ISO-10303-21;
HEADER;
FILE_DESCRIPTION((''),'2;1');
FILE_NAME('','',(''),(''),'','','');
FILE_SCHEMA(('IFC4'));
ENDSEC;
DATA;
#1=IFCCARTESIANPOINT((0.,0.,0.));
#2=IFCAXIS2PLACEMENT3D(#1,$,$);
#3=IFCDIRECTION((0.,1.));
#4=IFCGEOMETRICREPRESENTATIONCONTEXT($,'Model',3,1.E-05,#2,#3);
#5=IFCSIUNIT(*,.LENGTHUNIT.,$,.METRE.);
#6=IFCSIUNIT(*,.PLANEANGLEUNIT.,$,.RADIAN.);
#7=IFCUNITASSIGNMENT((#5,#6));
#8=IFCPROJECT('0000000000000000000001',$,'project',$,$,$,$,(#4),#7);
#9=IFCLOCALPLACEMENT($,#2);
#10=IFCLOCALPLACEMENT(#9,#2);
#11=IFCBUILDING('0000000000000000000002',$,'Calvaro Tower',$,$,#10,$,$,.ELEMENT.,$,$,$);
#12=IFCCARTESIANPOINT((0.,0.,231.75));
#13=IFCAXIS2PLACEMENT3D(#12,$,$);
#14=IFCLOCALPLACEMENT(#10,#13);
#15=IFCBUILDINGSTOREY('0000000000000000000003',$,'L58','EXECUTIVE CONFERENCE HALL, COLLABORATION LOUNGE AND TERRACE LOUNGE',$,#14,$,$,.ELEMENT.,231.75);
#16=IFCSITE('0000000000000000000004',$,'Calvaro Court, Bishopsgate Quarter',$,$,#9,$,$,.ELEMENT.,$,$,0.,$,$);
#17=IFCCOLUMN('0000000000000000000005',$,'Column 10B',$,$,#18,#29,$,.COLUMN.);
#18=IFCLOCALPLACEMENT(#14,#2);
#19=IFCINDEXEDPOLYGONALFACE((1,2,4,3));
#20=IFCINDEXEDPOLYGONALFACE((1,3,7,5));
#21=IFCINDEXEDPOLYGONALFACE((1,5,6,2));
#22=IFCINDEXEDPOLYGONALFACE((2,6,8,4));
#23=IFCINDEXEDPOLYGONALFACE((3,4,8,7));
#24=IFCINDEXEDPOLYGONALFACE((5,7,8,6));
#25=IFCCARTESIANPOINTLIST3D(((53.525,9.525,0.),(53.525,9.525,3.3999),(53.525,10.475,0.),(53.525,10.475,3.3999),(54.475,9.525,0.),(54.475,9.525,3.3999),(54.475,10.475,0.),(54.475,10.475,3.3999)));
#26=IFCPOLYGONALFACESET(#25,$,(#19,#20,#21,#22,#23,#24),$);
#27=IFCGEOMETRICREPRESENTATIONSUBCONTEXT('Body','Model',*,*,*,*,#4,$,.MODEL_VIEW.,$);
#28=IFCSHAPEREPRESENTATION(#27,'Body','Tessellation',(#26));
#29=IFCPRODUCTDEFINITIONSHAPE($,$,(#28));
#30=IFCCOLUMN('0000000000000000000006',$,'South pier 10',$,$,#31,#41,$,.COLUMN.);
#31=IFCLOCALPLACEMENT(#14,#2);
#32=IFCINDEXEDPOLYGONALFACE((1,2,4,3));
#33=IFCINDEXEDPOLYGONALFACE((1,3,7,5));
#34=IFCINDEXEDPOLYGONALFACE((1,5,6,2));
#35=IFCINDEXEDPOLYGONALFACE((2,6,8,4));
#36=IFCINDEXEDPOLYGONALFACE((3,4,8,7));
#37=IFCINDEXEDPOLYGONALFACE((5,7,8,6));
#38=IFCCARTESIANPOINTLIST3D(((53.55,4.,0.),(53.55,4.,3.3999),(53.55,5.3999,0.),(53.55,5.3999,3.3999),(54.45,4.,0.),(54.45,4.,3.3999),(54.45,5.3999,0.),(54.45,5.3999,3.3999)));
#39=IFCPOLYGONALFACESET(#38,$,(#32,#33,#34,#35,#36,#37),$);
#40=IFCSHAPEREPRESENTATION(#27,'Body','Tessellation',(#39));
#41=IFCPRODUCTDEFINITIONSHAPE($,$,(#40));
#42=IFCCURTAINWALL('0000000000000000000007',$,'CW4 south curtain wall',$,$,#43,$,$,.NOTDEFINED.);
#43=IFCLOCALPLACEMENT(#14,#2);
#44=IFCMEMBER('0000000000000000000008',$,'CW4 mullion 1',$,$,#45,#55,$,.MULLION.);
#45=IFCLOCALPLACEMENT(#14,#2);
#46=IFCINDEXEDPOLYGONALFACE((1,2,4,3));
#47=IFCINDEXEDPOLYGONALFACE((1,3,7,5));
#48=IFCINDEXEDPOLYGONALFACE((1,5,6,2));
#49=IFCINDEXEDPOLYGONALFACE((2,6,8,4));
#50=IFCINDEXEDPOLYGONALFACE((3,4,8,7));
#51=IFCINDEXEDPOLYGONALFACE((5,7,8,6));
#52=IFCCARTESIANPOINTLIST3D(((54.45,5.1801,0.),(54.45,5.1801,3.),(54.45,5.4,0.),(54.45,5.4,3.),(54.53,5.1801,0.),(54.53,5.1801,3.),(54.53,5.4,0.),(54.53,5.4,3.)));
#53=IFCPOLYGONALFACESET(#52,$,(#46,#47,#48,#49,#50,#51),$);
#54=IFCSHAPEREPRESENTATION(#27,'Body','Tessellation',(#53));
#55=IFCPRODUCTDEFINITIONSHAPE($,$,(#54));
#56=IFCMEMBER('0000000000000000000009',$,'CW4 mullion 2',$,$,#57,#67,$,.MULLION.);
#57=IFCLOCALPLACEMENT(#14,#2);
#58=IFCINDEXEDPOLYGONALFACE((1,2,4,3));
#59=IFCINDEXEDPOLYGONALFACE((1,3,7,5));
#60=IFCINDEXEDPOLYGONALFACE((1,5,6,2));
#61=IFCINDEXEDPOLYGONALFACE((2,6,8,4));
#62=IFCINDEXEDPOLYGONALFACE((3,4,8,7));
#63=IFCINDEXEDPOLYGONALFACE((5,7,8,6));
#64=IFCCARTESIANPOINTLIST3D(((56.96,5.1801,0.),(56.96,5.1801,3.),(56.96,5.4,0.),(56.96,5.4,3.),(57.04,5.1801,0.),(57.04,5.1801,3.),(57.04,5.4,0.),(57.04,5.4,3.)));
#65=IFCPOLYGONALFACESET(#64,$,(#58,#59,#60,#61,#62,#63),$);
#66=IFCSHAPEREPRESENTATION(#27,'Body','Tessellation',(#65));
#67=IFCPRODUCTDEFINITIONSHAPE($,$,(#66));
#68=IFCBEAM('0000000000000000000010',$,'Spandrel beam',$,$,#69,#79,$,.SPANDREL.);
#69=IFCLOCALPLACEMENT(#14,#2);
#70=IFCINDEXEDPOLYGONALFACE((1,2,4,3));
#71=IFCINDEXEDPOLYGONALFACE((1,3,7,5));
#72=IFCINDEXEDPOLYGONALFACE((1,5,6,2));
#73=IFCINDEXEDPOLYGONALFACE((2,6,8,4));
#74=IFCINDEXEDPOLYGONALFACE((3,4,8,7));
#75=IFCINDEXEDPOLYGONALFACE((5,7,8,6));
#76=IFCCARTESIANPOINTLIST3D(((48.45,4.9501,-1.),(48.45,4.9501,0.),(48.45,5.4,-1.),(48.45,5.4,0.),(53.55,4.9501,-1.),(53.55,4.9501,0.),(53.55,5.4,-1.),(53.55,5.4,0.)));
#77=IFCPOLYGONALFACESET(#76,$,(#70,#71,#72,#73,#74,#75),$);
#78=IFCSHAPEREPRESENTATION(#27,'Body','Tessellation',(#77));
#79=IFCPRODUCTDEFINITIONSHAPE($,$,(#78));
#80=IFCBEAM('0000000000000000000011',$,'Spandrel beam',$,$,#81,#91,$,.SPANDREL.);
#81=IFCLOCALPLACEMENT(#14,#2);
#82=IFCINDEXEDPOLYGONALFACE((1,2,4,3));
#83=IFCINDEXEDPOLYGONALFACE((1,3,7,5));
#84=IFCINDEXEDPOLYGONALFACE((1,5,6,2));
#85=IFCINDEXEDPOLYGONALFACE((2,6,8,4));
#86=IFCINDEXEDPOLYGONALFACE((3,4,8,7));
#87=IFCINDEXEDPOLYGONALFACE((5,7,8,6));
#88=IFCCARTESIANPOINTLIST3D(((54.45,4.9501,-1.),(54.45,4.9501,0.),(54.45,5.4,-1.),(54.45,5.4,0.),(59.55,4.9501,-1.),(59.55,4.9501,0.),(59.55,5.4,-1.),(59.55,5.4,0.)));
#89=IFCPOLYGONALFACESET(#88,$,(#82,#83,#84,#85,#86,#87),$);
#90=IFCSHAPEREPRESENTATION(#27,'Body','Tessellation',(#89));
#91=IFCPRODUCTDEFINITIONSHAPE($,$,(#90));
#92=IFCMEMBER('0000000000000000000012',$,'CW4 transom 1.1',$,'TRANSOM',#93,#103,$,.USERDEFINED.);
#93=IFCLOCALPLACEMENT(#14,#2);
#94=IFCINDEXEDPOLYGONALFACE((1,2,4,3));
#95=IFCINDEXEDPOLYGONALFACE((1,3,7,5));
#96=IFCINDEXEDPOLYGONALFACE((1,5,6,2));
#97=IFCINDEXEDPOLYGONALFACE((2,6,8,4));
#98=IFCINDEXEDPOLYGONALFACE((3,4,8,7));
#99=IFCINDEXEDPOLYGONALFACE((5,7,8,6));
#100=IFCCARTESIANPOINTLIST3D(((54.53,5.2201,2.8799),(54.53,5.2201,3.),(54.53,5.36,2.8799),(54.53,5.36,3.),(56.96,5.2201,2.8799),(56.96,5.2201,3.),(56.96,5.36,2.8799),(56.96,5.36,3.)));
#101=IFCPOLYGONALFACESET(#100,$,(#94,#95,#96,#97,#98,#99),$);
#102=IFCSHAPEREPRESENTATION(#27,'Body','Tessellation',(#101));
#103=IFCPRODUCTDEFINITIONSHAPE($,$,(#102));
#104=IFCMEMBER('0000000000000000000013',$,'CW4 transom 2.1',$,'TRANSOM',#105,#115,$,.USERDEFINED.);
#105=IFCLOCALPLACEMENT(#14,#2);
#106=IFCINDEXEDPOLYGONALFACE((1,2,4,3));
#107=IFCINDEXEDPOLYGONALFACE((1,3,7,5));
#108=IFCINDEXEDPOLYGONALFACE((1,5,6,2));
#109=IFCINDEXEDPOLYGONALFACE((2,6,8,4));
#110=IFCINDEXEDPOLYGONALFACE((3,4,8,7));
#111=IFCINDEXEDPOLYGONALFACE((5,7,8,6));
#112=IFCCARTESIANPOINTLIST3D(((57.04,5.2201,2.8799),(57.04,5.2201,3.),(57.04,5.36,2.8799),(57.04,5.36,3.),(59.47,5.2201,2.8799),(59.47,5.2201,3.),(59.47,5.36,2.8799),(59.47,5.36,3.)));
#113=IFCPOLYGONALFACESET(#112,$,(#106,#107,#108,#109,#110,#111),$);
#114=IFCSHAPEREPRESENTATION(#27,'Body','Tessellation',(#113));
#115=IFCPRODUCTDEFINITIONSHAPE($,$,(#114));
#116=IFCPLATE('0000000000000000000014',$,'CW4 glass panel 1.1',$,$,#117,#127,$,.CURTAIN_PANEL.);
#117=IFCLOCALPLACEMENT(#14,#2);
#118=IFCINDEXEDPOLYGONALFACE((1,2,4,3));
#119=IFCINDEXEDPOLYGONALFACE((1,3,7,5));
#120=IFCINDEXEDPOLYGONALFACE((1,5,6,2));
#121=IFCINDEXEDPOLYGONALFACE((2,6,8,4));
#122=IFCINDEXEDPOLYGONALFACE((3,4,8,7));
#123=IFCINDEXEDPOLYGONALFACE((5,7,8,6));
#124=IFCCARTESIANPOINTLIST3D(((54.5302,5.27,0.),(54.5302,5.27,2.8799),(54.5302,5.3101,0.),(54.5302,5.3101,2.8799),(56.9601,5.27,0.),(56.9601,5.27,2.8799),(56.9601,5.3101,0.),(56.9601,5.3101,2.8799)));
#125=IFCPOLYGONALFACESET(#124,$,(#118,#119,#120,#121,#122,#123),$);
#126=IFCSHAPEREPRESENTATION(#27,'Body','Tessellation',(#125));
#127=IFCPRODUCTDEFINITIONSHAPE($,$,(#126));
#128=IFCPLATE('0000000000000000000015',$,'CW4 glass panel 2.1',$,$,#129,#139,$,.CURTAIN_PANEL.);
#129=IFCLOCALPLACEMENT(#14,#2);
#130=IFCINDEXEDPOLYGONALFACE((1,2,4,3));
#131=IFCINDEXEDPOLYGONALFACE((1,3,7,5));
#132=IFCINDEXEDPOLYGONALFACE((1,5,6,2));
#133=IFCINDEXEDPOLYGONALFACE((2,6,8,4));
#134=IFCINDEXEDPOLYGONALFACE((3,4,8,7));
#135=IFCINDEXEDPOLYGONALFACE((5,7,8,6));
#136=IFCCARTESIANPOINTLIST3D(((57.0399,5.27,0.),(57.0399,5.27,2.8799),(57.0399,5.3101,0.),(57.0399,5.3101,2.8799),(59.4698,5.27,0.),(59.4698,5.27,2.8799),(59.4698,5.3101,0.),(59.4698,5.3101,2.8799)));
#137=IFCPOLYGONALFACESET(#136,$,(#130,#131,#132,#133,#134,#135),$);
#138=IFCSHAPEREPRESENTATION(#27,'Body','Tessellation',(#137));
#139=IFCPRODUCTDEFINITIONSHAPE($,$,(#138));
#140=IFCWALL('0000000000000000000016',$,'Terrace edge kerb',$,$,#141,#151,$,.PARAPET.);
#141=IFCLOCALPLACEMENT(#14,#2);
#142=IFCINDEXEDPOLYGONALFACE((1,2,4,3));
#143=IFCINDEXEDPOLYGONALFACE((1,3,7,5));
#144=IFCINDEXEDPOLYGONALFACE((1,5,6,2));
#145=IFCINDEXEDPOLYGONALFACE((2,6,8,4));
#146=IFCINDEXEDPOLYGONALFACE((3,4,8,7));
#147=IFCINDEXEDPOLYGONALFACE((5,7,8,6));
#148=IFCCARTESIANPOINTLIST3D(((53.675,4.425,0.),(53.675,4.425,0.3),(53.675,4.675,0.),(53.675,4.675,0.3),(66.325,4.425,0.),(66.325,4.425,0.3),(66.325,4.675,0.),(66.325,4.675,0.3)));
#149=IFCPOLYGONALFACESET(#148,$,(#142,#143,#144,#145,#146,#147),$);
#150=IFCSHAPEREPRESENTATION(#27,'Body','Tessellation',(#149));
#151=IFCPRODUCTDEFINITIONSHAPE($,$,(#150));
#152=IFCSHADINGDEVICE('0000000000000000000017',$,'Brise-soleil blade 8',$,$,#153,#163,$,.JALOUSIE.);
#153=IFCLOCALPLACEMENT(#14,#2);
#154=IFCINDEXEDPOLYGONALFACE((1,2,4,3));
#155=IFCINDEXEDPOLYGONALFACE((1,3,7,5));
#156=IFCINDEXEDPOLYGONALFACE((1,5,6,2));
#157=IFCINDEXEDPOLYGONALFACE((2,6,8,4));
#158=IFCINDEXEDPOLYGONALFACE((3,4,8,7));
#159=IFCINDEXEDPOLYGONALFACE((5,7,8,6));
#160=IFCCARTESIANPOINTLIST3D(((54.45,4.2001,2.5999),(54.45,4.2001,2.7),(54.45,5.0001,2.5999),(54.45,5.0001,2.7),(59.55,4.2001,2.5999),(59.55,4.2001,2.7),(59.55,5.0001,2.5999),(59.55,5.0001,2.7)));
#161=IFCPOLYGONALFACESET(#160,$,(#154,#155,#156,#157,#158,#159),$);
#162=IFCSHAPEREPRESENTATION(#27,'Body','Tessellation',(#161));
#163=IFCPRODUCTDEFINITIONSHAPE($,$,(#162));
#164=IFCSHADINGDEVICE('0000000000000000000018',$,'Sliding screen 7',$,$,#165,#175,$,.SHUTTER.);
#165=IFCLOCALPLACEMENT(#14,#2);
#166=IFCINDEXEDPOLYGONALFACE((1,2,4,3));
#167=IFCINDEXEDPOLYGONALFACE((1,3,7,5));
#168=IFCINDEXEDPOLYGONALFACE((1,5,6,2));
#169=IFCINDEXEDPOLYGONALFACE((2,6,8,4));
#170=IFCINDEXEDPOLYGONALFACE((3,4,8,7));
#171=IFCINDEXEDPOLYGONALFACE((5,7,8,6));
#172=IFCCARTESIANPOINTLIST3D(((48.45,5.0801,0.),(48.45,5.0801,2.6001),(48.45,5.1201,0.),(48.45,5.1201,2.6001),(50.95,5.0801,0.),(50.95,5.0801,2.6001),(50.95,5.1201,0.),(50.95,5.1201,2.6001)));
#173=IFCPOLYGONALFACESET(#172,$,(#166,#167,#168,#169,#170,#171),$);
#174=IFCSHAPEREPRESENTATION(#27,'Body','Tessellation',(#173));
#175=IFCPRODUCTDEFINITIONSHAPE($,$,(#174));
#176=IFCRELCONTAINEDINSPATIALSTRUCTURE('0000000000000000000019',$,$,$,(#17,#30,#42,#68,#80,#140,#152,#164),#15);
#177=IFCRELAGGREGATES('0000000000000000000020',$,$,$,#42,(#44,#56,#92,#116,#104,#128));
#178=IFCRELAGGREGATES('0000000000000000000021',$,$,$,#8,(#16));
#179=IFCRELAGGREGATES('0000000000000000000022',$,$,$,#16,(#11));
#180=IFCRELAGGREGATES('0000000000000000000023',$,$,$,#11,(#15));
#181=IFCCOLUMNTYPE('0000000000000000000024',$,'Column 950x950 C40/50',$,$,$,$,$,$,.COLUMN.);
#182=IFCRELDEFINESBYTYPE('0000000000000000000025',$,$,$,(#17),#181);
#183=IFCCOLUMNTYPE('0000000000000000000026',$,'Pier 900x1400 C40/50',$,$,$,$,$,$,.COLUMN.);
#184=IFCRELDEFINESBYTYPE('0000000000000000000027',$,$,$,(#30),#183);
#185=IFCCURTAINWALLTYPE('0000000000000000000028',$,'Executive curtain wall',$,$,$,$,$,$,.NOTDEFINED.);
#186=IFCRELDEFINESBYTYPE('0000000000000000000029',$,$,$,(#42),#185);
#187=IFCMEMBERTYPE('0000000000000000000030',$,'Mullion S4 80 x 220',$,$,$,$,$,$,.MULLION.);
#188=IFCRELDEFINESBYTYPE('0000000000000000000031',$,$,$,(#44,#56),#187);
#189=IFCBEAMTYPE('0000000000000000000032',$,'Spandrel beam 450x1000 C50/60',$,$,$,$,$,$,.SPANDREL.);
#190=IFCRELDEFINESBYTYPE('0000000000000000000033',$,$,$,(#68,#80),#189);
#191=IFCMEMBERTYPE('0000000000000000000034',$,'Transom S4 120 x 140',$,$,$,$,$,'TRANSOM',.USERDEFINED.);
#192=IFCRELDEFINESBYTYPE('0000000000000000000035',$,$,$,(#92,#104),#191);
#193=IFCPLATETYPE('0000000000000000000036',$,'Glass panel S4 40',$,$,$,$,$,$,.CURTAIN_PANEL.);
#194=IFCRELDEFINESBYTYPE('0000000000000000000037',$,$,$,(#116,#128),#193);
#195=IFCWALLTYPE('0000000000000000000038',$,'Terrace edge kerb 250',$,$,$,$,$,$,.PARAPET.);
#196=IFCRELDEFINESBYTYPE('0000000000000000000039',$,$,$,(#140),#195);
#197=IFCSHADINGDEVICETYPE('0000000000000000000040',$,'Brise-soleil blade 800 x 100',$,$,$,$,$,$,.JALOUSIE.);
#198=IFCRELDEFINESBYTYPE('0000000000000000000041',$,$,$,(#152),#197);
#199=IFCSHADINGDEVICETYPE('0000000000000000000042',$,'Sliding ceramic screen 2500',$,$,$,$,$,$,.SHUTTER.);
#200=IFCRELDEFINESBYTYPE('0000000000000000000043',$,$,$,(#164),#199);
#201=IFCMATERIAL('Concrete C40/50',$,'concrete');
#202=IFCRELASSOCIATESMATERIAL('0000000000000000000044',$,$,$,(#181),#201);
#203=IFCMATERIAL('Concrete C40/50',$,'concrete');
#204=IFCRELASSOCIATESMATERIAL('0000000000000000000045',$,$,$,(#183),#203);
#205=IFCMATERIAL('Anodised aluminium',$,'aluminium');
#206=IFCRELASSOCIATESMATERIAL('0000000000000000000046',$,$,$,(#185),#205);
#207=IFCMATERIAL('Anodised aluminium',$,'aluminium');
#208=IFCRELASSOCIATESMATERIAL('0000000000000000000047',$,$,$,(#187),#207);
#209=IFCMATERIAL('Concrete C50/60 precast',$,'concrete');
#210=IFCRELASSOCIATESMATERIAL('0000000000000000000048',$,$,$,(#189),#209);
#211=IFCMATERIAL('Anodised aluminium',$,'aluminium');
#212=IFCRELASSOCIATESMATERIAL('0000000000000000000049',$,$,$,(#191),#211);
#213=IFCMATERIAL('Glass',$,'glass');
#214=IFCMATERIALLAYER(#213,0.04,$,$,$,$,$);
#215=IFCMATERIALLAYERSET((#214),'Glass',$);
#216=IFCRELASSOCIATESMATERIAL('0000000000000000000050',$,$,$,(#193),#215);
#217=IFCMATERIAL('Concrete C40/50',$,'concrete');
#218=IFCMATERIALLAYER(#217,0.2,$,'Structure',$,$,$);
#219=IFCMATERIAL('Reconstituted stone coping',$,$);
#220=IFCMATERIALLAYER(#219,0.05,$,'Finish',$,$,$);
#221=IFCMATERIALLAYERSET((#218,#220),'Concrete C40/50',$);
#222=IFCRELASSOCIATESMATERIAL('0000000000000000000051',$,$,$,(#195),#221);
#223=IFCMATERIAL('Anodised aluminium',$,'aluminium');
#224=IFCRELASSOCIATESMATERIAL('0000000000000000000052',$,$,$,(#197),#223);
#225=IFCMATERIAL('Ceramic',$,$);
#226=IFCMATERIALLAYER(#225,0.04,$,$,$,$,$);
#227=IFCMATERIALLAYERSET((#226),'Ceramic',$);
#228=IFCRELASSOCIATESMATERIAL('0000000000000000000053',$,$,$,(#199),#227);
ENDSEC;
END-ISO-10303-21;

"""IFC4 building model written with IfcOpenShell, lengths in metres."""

from ifc_helpers import new_model, si_unit, direction, frame, frame_2d, origin, origin_2d, place, context, subcontext, project, spatial, rectangle, extrude, material, layer, layer_set, material_profile, profile_set, type_object, element, aggregate, save


model = new_model("IFC4")

# Units and contexts
model_context = context("Model", 3, precision=1e-05, world=origin(), true_north=direction((0.0, 1.0)))
body_context = subcontext(model_context, "Body", "Model", "MODEL_VIEW")
ifc_project = project(units=[si_unit("LENGTHUNIT", "METRE"), si_unit("PLANEANGLEUNIT", "RADIAN")], contexts=[model_context])

# Site, building, storey
site_placement = place(None, origin())
site = spatial("IfcSite", under=ifc_project, at=site_placement, Name="Calvaro Court, Bishopsgate Quarter", CompositionType="ELEMENT", RefElevation=0.0)
building_placement = place(site_placement, origin())
building = spatial("IfcBuilding", under=site, at=building_placement, Name="Calvaro Tower", CompositionType="ELEMENT")
storey_placement = place(building_placement, frame((0.0, 0.0, 231.75)))
storey = spatial("IfcBuildingStorey", under=building, at=storey_placement, Name="L58", Description="EXECUTIVE CONFERENCE HALL, COLLABORATION LOUNGE AND TERRACE LOUNGE", CompositionType="ELEMENT", Elevation=231.75)

# Columns
ifc_material_1 = material(Name="Concrete C40/50", Category="concrete")
ifc_material_profile_1 = material_profile(ifc_material_1, rectangle(XDim=0.95, YDim=0.95, at=origin_2d()), Name="RC 950x950")
ifc_profile_set_1 = profile_set([ifc_material_profile_1], Name="Concrete C40/50")
column_type_1 = type_object("IfcColumnType", Name="Column 950x950 C40/50", PredefinedType="COLUMN", material=ifc_profile_set_1)
column_1_placement = place(storey_placement, frame((54.0, 10.0, 0.0), z_axis=(0.0, 0.0, 1.0), x_axis=(1.0, 0.0, 0.0)))
element("IfcColumn", 1, at=column_1_placement, inside=storey, type_object=column_type_1, Name="Column 10B", PredefinedType="COLUMN", context=body_context, shape_type="SweptSolid", body=[
    extrude(rectangle(XDim=0.95, YDim=0.95, at=origin_2d()), origin(), (0.0, 0.0, 1.0), 3.3999),
])
ifc_material_2 = material(Name="Concrete C40/50", Category="concrete")
ifc_material_profile_2 = material_profile(ifc_material_2, rectangle(XDim=0.8999, YDim=1.3999, at=origin_2d()), Name="RC 900x1400")
ifc_profile_set_2 = profile_set([ifc_material_profile_2], Name="Concrete C40/50")
column_type_2 = type_object("IfcColumnType", Name="Pier 900x1400 C40/50", PredefinedType="COLUMN", material=ifc_profile_set_2)
column_2_placement = place(storey_placement, frame((54.0, 4.7, 0.0), z_axis=(0.0, 0.0, 1.0), x_axis=(1.0, 0.0, 0.0)))
element("IfcColumn", 2, at=column_2_placement, inside=storey, type_object=column_type_2, Name="South pier 10", PredefinedType="COLUMN", context=body_context, shape_type="SweptSolid", body=[
    extrude(rectangle(XDim=0.8999, YDim=1.3999, at=origin_2d()), origin(), (0.0, 0.0, 1.0), 3.3999),
])

# Curtain wall, members
ifc_material_3 = material(Name="Anodised aluminium", Category="aluminium")
curtain_wall_type = type_object("IfcCurtainWallType", Name="Executive curtain wall", PredefinedType="NOTDEFINED", material=ifc_material_3)
curtain_wall_placement = place(storey_placement, origin())
curtain_wall = element("IfcCurtainWall", 3, at=curtain_wall_placement, inside=storey, type_object=curtain_wall_type, Name="CW4 south curtain wall", PredefinedType="NOTDEFINED")
ifc_material_4 = material(Name="Anodised aluminium", Category="aluminium")
ifc_material_profile_3 = material_profile(ifc_material_4, rectangle(XDim=0.22, YDim=0.0801, at=origin_2d()), Name="Mullion S4 80 x 220")
ifc_profile_set_3 = profile_set([ifc_material_profile_3], Name="Anodised aluminium")
member_type_1 = type_object("IfcMemberType", Name="Mullion S4 80 x 220", PredefinedType="MULLION", material=ifc_profile_set_3)
member_1_placement = place(storey_placement, frame((54.49, 5.29, 0.0), z_axis=(0.0, 0.0, 1.0), x_axis=(0.0, 1.0, 0.0)))
member_1 = element("IfcMember", 4, at=member_1_placement, type_object=member_type_1, Name="CW4 mullion 1", PredefinedType="MULLION", context=body_context, shape_type="SweptSolid", body=[
    extrude(rectangle(XDim=0.22, YDim=0.0801, at=origin_2d()), origin(), (0.0, 0.0, 1.0), 3.0),
])
member_2_placement = place(storey_placement, frame((57.0, 5.29, 0.0), z_axis=(0.0, 0.0, 1.0), x_axis=(0.0, 1.0, 0.0)))
member_2 = element("IfcMember", 5, at=member_2_placement, type_object=member_type_1, Name="CW4 mullion 2", PredefinedType="MULLION", context=body_context, shape_type="SweptSolid", body=[
    extrude(rectangle(XDim=0.22, YDim=0.0801, at=origin_2d()), origin(), (0.0, 0.0, 1.0), 3.0),
])

# Beams
ifc_material_5 = material(Name="Concrete C50/60 precast", Category="concrete")
ifc_material_profile_4 = material_profile(ifc_material_5, rectangle(XDim=0.45, YDim=1.0, at=origin_2d()), Name="RC 450x1000")
ifc_profile_set_4 = profile_set([ifc_material_profile_4], Name="Concrete C50/60 precast")
beam_type = type_object("IfcBeamType", Name="Spandrel beam 450x1000 C50/60", PredefinedType="SPANDREL", material=ifc_profile_set_4)
for number, where, z_axis, x_axis, name in (
    (6, (48.45, 5.175, -0.5), (1.0, 0.0, 0.0), (0.0, 1.0, 0.0), "Spandrel beam"),
    (7, (54.45, 5.175, -0.5), (1.0, 0.0, 0.0), (0.0, 1.0, 0.0), "Spandrel beam"),
):
    element("IfcBeam", number, at=place(storey_placement, frame(where, z_axis=z_axis, x_axis=x_axis)), inside=storey, type_object=beam_type, Name=name, PredefinedType="SPANDREL", context=body_context, shape_type="SweptSolid", body=[
        extrude(rectangle(XDim=0.45, YDim=1.0, at=origin_2d()), origin(), (0.0, 0.0, 1.0), 5.1001),
    ])

# Members
ifc_material_6 = material(Name="Anodised aluminium", Category="aluminium")
ifc_material_profile_5 = material_profile(ifc_material_6, rectangle(XDim=0.1399, YDim=0.1201, at=origin_2d()), Name="Transom S4 120 x 140")
ifc_profile_set_5 = profile_set([ifc_material_profile_5], Name="Anodised aluminium")
member_type_2 = type_object("IfcMemberType", Name="Transom S4 120 x 140", ElementType="TRANSOM", PredefinedType="USERDEFINED", material=ifc_profile_set_5)
member_3_placement = place(storey_placement, frame((54.53, 5.29, 2.9399), z_axis=(1.0, 0.0, 0.0), x_axis=(0.0, 1.0, 0.0)))
member_3 = element("IfcMember", 8, at=member_3_placement, type_object=member_type_2, Name="CW4 transom 1.1", ObjectType="TRANSOM", PredefinedType="USERDEFINED", context=body_context, shape_type="SweptSolid", body=[
    extrude(rectangle(XDim=0.1399, YDim=0.1201, at=origin_2d()), origin(), (0.0, 0.0, 1.0), 2.4299),
])
member_4_placement = place(storey_placement, frame((57.04, 5.29, 2.9399), z_axis=(1.0, 0.0, 0.0), x_axis=(0.0, 1.0, 0.0)))
member_4 = element("IfcMember", 9, at=member_4_placement, type_object=member_type_2, Name="CW4 transom 2.1", ObjectType="TRANSOM", PredefinedType="USERDEFINED", context=body_context, shape_type="SweptSolid", body=[
    extrude(rectangle(XDim=0.1399, YDim=0.1201, at=origin_2d()), origin(), (0.0, 0.0, 1.0), 2.4299),
])

# Plates
ifc_material_7 = material(Name="Glass", Category="glass")
ifc_layer_1 = layer(ifc_material_7, 0.04)
ifc_layer_set_1 = layer_set([ifc_layer_1], Name="Glass")
plate_type = type_object("IfcPlateType", Name="Glass panel S4 40", PredefinedType="CURTAIN_PANEL", material=ifc_layer_set_1)
plate_1_placement = place(storey_placement, frame((55.7451, 5.29, 0.0), z_axis=(0.0, 0.0, 1.0), x_axis=(1.0, 0.0, 0.0)))
plate_1 = element("IfcPlate", 10, at=plate_1_placement, type_object=plate_type, Name="CW4 glass panel 1.1", PredefinedType="CURTAIN_PANEL", context=body_context, shape_type="SweptSolid", body=[
    extrude(rectangle(XDim=2.4299, YDim=0.04, at=origin_2d()), origin(), (0.0, 0.0, 1.0), 2.8799),
])
plate_2_placement = place(storey_placement, frame((58.2549, 5.29, 0.0), z_axis=(0.0, 0.0, 1.0), x_axis=(1.0, 0.0, 0.0)))
plate_2 = element("IfcPlate", 11, at=plate_2_placement, type_object=plate_type, Name="CW4 glass panel 2.1", PredefinedType="CURTAIN_PANEL", context=body_context, shape_type="SweptSolid", body=[
    extrude(rectangle(XDim=2.4299, YDim=0.04, at=origin_2d()), origin(), (0.0, 0.0, 1.0), 2.8799),
])
aggregate(curtain_wall, [member_1, member_2, member_3, plate_1, member_4, plate_2])

# Wall
ifc_material_8 = material(Name="Concrete C40/50", Category="concrete")
ifc_layer_2 = layer(ifc_material_8, 0.2, Name="Structure")
ifc_material_9 = material(Name="Reconstituted stone coping")
ifc_layer_3 = layer(ifc_material_9, 0.05, Name="Finish")
ifc_layer_set_2 = layer_set([ifc_layer_2, ifc_layer_3], Name="Concrete C40/50")
wall_type_1 = type_object("IfcWallType", Name="Terrace edge kerb 250", PredefinedType="PARAPET", material=ifc_layer_set_2)
wall_1_placement = place(storey_placement, frame((53.675, 4.55, 0.0), z_axis=(0.0, 0.0, 1.0), x_axis=(1.0, 0.0, 0.0)))
element("IfcWall", 12, at=wall_1_placement, inside=storey, type_object=wall_type_1, Name="Terrace edge kerb", PredefinedType="PARAPET", context=body_context, shape_type="SweptSolid", body=[
    extrude(rectangle(XDim=12.6499, YDim=0.25, at=frame_2d((6.325, 0.0))), origin(), (0.0, 0.0, 1.0), 0.3),
])

# Shading device
ifc_material_10 = material(Name="Anodised aluminium", Category="aluminium")
ifc_material_profile_6 = material_profile(ifc_material_10, rectangle(XDim=0.8, YDim=0.1001, at=origin_2d()), Name="Brise-soleil blade 800 x 100")
ifc_profile_set_6 = profile_set([ifc_material_profile_6], Name="Anodised aluminium")
shading_device_type_1 = type_object("IfcShadingDeviceType", Name="Brise-soleil blade 800 x 100", PredefinedType="JALOUSIE", material=ifc_profile_set_6)
shading_device_placement = place(storey_placement, frame((54.45, 4.6001, 2.6499), z_axis=(1.0, 0.0, 0.0), x_axis=(0.0, 1.0, 0.0)))
element("IfcShadingDevice", 13, at=shading_device_placement, inside=storey, type_object=shading_device_type_1, Name="Brise-soleil blade 8", PredefinedType="JALOUSIE", context=body_context, shape_type="SweptSolid", body=[
    extrude(rectangle(XDim=0.8, YDim=0.1001, at=origin_2d()), origin(), (0.0, 0.0, 1.0), 5.1001),
])

# Shading device
ifc_material_11 = material(Name="Ceramic")
ifc_layer_4 = layer(ifc_material_11, 0.04)
ifc_layer_set_3 = layer_set([ifc_layer_4], Name="Ceramic")
shading_device_type_2 = type_object("IfcShadingDeviceType", Name="Sliding ceramic screen 2500", PredefinedType="SHUTTER", material=ifc_layer_set_3)
for number, where, z_axis, x_axis, name in (
    (14, (49.7, 5.1001, 0.0), (0.0, 0.0, 1.0), (1.0, 0.0, 0.0), "Sliding screen 7"),
):
    element("IfcShadingDevice", number, at=place(storey_placement, frame(where, z_axis=z_axis, x_axis=x_axis)), inside=storey, type_object=shading_device_type_2, Name=name, PredefinedType="SHUTTER", context=body_context, shape_type="SweptSolid", body=[
        extrude(rectangle(XDim=2.5, YDim=0.04, at=origin_2d()), origin(), (0.0, 0.0, 1.0), 2.6001),
    ])

save(model, "model.ifc")
